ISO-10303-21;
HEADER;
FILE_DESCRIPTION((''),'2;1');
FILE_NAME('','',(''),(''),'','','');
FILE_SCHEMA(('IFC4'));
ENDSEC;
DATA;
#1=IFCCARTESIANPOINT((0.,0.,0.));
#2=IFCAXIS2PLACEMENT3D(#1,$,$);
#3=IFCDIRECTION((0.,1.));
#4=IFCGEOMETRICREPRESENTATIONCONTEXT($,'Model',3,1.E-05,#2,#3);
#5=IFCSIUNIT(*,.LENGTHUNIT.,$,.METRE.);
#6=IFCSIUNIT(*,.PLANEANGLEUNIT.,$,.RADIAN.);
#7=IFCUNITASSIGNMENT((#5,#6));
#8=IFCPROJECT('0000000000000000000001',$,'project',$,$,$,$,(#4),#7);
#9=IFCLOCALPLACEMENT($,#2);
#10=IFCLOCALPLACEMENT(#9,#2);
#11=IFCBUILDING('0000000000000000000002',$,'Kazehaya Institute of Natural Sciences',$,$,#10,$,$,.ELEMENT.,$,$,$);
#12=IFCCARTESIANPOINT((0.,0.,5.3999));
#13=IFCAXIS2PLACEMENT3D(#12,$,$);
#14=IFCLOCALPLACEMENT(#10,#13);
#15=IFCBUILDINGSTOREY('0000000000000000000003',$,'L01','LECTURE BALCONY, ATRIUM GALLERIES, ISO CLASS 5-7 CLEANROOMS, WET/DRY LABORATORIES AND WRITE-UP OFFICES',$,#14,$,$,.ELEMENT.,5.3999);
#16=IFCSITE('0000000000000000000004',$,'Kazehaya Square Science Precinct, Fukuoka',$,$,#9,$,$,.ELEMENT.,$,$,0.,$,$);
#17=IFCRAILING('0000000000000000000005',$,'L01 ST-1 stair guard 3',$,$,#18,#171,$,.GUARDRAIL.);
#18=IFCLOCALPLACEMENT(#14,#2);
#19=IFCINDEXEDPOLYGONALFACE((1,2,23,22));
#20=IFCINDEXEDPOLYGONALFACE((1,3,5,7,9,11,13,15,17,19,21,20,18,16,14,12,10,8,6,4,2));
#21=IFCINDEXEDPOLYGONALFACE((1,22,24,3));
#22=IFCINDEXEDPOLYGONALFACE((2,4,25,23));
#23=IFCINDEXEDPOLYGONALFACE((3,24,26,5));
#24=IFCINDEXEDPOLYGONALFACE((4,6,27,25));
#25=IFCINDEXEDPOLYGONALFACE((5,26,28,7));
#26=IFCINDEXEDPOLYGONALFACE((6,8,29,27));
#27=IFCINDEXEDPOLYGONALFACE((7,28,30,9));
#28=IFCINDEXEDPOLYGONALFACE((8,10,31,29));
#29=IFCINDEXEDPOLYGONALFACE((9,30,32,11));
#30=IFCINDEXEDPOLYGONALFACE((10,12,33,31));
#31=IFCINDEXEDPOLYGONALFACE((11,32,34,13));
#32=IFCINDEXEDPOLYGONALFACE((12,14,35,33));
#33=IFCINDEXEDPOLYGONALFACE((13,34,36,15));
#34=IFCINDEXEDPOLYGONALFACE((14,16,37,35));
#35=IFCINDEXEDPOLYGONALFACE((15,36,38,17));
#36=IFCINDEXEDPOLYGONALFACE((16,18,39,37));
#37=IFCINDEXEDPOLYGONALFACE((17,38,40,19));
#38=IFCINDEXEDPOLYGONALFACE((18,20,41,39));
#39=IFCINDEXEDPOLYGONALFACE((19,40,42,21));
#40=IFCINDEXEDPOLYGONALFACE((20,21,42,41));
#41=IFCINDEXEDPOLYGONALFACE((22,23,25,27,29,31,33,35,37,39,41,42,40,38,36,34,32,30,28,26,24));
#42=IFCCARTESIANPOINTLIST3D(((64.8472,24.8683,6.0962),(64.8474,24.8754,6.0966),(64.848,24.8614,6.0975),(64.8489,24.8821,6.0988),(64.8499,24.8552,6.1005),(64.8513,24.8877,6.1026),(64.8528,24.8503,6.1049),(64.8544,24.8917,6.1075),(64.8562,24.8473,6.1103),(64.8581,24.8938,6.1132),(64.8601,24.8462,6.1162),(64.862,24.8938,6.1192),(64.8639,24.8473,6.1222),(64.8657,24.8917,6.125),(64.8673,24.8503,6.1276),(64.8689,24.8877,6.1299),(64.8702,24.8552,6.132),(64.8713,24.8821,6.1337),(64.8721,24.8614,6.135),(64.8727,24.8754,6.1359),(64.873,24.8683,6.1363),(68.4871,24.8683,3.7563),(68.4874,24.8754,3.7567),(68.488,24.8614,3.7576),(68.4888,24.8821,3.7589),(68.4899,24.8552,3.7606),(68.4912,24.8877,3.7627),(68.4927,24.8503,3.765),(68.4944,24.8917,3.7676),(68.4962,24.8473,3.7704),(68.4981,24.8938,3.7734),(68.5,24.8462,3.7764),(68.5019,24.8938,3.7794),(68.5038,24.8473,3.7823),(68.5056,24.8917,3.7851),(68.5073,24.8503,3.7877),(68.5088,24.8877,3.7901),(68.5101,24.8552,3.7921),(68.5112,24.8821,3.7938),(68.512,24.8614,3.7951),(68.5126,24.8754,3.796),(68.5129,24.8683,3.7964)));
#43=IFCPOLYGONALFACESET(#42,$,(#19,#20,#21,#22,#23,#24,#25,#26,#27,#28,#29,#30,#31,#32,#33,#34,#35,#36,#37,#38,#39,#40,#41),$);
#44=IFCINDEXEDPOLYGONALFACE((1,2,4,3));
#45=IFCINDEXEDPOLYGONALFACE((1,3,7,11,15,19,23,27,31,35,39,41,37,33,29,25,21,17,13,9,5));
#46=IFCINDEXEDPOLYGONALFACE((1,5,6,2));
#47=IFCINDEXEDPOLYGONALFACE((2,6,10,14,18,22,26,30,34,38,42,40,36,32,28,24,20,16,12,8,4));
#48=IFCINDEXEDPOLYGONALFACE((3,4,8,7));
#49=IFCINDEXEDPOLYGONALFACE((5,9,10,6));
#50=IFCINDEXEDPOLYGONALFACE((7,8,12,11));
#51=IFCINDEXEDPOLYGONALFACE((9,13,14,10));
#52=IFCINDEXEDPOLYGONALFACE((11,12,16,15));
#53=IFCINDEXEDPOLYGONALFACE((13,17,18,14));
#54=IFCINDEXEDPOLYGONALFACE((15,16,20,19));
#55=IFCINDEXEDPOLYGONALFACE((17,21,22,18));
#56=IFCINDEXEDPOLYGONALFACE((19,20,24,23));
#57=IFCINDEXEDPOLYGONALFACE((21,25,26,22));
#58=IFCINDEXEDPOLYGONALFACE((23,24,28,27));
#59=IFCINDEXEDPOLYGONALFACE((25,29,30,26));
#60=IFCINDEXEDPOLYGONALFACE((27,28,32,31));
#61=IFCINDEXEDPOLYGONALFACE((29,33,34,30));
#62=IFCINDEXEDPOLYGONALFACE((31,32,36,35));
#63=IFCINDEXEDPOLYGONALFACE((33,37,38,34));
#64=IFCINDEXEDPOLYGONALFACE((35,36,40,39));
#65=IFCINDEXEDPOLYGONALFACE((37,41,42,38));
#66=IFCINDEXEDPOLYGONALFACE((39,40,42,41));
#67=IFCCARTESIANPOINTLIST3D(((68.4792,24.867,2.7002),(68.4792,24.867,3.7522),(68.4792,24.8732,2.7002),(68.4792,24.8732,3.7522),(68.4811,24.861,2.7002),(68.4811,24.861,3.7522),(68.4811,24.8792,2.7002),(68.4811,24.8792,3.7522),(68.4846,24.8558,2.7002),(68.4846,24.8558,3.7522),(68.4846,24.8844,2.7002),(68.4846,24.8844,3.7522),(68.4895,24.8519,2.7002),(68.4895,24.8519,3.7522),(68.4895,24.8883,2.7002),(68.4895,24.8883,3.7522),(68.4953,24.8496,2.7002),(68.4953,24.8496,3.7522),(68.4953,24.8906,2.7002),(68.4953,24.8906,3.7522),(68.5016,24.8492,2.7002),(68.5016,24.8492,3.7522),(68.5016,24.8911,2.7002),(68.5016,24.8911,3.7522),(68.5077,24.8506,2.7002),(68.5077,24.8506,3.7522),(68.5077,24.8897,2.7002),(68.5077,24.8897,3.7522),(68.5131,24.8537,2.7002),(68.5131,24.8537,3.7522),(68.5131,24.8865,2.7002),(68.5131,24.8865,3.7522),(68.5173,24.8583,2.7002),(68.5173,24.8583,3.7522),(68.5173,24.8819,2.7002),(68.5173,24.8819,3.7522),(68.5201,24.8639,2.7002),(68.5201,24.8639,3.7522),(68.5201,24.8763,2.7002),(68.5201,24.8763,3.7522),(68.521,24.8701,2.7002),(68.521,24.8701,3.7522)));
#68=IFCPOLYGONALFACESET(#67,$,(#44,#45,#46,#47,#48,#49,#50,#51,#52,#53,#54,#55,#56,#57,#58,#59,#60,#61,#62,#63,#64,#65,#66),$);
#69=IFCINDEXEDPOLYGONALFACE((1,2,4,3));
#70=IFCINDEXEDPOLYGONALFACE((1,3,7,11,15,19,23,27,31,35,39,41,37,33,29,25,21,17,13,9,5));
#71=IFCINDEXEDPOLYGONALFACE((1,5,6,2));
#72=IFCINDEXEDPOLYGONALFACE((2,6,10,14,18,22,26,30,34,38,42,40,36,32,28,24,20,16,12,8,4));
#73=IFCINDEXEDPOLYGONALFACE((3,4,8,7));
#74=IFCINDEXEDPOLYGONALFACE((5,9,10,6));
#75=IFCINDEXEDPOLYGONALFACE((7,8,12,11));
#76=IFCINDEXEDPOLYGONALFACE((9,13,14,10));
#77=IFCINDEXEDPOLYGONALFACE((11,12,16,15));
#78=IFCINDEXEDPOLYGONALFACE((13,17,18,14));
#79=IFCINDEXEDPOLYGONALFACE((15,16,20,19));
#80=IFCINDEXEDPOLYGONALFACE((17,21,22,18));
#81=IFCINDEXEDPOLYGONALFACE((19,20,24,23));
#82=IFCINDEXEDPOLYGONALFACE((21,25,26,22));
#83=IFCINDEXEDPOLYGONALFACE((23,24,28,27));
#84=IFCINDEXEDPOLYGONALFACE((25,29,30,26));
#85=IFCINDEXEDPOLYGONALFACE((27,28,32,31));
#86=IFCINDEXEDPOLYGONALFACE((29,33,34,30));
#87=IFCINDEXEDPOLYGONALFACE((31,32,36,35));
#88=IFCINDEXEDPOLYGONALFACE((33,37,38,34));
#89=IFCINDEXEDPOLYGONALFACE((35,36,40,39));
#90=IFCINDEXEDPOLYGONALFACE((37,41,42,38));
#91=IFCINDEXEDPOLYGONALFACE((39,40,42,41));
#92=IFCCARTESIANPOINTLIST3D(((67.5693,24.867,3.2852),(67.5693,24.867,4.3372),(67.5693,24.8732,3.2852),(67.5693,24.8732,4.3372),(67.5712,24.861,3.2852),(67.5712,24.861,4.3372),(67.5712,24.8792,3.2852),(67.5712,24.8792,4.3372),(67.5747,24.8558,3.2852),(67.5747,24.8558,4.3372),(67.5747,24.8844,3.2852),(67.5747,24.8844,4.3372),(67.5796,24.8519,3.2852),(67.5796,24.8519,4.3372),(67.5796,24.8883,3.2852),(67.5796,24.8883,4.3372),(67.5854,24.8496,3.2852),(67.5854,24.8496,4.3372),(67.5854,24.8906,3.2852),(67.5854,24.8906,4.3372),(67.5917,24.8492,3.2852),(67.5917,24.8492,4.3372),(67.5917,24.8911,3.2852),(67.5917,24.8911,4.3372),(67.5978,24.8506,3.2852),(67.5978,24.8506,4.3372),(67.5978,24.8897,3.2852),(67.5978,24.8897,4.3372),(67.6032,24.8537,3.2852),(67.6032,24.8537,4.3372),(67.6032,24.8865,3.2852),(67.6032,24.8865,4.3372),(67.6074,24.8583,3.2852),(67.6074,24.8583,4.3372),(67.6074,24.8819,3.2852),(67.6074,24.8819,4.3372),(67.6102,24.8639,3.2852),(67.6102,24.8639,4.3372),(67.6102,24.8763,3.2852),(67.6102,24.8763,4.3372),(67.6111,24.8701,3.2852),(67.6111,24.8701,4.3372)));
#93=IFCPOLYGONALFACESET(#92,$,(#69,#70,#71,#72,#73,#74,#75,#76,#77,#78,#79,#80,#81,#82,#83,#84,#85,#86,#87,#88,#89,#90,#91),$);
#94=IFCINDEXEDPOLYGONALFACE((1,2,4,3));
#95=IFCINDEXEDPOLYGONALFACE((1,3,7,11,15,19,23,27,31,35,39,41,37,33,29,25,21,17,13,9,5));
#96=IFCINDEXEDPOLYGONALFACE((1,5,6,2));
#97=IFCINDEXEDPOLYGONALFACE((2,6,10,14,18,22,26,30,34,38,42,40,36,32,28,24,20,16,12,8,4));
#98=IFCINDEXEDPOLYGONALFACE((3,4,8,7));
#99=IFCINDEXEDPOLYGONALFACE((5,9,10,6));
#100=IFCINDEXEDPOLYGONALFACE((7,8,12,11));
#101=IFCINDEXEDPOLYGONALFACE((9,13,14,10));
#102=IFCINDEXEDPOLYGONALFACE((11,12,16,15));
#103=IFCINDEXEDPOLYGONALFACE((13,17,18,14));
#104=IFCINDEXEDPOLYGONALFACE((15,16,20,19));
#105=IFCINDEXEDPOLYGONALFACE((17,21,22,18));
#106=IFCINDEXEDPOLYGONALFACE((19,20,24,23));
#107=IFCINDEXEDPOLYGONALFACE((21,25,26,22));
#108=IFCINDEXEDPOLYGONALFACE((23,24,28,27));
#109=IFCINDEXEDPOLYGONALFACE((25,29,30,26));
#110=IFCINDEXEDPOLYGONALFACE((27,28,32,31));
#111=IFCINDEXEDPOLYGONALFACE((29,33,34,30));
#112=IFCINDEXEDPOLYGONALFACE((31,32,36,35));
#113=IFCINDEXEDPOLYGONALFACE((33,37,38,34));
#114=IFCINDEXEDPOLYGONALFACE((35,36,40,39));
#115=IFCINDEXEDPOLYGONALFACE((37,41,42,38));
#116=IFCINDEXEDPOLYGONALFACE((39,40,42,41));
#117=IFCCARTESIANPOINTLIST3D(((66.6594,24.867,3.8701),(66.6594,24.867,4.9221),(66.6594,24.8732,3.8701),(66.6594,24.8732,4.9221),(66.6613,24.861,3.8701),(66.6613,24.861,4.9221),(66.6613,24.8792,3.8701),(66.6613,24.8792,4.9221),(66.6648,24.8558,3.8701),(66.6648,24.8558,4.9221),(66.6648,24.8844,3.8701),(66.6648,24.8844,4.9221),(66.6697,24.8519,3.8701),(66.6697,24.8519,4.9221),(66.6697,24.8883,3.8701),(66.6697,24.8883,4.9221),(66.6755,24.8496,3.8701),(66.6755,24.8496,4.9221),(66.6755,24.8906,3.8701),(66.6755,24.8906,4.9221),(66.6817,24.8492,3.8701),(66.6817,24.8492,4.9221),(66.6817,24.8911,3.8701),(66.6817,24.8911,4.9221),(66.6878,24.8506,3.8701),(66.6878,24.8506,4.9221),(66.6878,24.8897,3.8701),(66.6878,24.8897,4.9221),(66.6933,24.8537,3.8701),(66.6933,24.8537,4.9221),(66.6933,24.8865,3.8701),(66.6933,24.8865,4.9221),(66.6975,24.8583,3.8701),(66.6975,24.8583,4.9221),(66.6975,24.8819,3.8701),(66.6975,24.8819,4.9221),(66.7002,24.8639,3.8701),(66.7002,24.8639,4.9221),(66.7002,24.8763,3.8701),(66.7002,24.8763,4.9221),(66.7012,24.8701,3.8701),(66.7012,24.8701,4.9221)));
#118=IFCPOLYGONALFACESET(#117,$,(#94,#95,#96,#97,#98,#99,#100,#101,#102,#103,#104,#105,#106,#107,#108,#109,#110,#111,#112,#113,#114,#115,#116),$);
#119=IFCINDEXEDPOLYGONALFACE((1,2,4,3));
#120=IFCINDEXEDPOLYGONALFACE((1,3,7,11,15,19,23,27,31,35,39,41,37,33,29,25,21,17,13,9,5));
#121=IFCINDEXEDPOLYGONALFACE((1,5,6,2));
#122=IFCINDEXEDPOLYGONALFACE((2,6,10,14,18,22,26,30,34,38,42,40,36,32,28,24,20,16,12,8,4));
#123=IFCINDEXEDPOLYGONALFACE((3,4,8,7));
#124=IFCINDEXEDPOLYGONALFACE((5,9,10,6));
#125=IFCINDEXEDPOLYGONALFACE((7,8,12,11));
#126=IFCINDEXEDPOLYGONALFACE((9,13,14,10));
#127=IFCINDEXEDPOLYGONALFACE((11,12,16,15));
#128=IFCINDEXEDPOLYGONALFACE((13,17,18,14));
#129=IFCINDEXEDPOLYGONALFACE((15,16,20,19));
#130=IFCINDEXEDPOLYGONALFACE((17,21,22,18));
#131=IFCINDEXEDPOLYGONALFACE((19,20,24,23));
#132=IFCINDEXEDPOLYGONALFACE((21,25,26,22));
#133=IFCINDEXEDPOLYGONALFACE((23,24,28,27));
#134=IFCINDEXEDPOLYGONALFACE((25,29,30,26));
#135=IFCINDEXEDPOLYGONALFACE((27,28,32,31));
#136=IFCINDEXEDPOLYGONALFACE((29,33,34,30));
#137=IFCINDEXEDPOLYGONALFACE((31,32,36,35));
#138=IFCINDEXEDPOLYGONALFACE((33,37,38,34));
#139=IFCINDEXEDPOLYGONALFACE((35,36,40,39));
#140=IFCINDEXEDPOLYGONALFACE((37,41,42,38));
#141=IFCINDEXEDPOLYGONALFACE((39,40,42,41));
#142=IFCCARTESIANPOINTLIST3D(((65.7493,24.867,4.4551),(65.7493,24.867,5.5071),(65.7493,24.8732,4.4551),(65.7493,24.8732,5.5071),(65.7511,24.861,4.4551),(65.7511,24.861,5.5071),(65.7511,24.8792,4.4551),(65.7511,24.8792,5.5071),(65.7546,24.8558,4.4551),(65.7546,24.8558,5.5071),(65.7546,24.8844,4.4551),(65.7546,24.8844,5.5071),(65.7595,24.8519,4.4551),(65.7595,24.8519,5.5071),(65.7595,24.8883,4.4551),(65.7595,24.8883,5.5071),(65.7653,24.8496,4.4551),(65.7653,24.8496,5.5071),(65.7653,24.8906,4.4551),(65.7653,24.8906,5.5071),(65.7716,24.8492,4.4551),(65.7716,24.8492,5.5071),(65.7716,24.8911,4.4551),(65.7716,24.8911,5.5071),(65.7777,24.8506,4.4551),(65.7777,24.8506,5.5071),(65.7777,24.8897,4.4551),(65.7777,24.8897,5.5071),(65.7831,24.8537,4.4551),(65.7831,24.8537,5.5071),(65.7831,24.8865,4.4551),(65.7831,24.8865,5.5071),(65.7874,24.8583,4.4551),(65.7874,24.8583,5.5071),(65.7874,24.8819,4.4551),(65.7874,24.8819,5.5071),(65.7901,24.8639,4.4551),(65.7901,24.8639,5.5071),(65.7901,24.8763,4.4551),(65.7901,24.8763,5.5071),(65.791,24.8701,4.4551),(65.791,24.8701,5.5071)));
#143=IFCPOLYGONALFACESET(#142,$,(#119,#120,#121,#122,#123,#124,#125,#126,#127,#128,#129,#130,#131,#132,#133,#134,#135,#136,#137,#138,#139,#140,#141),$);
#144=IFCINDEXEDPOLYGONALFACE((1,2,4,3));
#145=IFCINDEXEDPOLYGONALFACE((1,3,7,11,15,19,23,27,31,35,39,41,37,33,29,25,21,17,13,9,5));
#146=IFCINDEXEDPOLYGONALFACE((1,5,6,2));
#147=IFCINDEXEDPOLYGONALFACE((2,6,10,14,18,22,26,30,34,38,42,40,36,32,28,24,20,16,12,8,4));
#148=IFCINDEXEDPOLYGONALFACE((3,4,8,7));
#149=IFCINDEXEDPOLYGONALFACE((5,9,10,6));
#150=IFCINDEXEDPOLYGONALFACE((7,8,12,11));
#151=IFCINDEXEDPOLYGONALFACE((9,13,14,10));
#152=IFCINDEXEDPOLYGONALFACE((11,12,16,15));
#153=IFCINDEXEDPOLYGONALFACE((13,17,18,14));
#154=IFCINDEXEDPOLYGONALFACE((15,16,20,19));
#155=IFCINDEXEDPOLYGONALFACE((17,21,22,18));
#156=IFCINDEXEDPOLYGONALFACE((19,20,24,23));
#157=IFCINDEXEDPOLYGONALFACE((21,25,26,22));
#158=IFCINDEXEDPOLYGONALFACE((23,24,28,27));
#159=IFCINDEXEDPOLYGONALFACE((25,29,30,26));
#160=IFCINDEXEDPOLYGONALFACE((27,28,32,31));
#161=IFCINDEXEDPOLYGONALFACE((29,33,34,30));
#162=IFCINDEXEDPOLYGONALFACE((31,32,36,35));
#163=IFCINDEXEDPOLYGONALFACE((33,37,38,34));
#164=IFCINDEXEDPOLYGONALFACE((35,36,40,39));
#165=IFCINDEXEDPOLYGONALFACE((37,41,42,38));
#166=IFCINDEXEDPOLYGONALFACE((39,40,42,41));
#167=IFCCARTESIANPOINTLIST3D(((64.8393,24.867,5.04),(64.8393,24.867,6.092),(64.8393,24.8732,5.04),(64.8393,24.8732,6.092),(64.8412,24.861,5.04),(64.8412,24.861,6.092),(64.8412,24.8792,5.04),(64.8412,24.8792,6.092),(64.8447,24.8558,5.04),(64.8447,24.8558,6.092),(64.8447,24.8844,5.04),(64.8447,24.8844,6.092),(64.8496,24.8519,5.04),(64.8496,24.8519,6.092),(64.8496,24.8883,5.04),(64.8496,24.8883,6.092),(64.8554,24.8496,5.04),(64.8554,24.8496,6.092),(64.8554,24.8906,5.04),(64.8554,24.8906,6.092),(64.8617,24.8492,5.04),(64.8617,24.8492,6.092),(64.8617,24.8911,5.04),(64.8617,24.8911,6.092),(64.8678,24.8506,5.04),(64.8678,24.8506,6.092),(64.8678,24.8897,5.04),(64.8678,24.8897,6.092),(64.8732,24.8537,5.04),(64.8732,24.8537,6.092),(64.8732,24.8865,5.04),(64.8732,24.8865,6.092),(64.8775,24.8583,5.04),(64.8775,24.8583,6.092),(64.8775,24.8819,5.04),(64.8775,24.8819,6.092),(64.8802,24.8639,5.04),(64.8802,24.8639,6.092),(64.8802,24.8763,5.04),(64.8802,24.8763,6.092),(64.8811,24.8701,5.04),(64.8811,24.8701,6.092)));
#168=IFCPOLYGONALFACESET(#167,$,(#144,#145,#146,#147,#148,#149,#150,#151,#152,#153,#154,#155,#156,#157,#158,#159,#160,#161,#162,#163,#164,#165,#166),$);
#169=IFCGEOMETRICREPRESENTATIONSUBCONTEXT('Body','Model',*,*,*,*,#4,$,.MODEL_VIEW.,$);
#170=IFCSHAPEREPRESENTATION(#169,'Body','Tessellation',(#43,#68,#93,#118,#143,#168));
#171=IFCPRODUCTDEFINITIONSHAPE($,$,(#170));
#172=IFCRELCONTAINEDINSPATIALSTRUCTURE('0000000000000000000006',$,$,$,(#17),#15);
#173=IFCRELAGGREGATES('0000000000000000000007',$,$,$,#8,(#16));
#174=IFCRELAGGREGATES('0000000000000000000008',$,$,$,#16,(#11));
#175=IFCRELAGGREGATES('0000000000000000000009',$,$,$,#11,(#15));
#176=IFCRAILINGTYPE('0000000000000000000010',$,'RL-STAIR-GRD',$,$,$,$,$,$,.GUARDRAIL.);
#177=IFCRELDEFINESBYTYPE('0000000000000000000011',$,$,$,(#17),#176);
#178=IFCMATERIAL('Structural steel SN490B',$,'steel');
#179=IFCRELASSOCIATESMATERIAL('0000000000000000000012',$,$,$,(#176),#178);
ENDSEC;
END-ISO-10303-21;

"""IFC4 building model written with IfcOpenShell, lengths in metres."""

from ifc_helpers import new_model, si_unit, direction, frame, origin, origin_2d, place, context, subcontext, project, spatial, circle, extrude, material, type_object, element, save


model = new_model("IFC4")

# Units and contexts
model_context = context("Model", 3, precision=1e-05, world=origin(), true_north=direction((0.0, 1.0)))
body_context = subcontext(model_context, "Body", "Model", "MODEL_VIEW")
ifc_project = project(units=[si_unit("LENGTHUNIT", "METRE"), si_unit("PLANEANGLEUNIT", "RADIAN")], contexts=[model_context])

# Site, building, storey
site_placement = place(None, origin())
site = spatial("IfcSite", under=ifc_project, at=site_placement, Name="Kazehaya Square Science Precinct, Fukuoka", CompositionType="ELEMENT", RefElevation=0.0)
building_placement = place(site_placement, origin())
building = spatial("IfcBuilding", under=site, at=building_placement, Name="Kazehaya Institute of Natural Sciences", CompositionType="ELEMENT")
storey_placement = place(building_placement, frame((0.0, 0.0, 5.3999)))
storey = spatial("IfcBuildingStorey", under=building, at=storey_placement, Name="L01", Description="LECTURE BALCONY, ATRIUM GALLERIES, ISO CLASS 5-7 CLEANROOMS, WET/DRY LABORATORIES AND WRITE-UP OFFICES", CompositionType="ELEMENT", Elevation=5.3999)

# Railing
ifc_material_1 = material(Name="Structural steel SN490B", Category="steel")
railing_type_1 = type_object("IfcRailingType", Name="RL-STAIR-GRD", PredefinedType="GUARDRAIL", material=ifc_material_1)
railing_1_placement = place(storey_placement, frame((68.5, 24.8701, 2.7002)))
element("IfcRailing", 1, at=railing_1_placement, inside=storey, type_object=railing_type_1, Name="L01 ST-1 stair guard 3", PredefinedType="GUARDRAIL", context=body_context, shape_type="SweptSolid", body=[
    extrude(circle(Radius=0.0239, at=origin_2d()), frame((0.0, 0.0, 1.0762), z_axis=(-0.841188, 0.0, 0.540743), x_axis=(0.0, -1.0, 0.0)), (0.0, 0.0, 1.0), 4.3271),
    extrude(circle(Radius=0.021, at=origin_2d()), origin(), (0.0, 0.0, 1.0), 1.052),
    extrude(circle(Radius=0.021, at=origin_2d()), frame((-0.9099, 0.0, 0.585)), (0.0, 0.0, 1.0), 1.052),
    extrude(circle(Radius=0.021, at=origin_2d()), frame((-1.8198, 0.0, 1.1699)), (0.0, 0.0, 1.0), 1.052),
    extrude(circle(Radius=0.021, at=origin_2d()), frame((-2.73, 0.0, 1.7549)), (0.0, 0.0, 1.0), 1.052),
    extrude(circle(Radius=0.021, at=origin_2d()), frame((-3.6399, 0.0, 2.3398)), (0.0, 0.0, 1.0), 1.052),
])

save(model, "model.ifc")
